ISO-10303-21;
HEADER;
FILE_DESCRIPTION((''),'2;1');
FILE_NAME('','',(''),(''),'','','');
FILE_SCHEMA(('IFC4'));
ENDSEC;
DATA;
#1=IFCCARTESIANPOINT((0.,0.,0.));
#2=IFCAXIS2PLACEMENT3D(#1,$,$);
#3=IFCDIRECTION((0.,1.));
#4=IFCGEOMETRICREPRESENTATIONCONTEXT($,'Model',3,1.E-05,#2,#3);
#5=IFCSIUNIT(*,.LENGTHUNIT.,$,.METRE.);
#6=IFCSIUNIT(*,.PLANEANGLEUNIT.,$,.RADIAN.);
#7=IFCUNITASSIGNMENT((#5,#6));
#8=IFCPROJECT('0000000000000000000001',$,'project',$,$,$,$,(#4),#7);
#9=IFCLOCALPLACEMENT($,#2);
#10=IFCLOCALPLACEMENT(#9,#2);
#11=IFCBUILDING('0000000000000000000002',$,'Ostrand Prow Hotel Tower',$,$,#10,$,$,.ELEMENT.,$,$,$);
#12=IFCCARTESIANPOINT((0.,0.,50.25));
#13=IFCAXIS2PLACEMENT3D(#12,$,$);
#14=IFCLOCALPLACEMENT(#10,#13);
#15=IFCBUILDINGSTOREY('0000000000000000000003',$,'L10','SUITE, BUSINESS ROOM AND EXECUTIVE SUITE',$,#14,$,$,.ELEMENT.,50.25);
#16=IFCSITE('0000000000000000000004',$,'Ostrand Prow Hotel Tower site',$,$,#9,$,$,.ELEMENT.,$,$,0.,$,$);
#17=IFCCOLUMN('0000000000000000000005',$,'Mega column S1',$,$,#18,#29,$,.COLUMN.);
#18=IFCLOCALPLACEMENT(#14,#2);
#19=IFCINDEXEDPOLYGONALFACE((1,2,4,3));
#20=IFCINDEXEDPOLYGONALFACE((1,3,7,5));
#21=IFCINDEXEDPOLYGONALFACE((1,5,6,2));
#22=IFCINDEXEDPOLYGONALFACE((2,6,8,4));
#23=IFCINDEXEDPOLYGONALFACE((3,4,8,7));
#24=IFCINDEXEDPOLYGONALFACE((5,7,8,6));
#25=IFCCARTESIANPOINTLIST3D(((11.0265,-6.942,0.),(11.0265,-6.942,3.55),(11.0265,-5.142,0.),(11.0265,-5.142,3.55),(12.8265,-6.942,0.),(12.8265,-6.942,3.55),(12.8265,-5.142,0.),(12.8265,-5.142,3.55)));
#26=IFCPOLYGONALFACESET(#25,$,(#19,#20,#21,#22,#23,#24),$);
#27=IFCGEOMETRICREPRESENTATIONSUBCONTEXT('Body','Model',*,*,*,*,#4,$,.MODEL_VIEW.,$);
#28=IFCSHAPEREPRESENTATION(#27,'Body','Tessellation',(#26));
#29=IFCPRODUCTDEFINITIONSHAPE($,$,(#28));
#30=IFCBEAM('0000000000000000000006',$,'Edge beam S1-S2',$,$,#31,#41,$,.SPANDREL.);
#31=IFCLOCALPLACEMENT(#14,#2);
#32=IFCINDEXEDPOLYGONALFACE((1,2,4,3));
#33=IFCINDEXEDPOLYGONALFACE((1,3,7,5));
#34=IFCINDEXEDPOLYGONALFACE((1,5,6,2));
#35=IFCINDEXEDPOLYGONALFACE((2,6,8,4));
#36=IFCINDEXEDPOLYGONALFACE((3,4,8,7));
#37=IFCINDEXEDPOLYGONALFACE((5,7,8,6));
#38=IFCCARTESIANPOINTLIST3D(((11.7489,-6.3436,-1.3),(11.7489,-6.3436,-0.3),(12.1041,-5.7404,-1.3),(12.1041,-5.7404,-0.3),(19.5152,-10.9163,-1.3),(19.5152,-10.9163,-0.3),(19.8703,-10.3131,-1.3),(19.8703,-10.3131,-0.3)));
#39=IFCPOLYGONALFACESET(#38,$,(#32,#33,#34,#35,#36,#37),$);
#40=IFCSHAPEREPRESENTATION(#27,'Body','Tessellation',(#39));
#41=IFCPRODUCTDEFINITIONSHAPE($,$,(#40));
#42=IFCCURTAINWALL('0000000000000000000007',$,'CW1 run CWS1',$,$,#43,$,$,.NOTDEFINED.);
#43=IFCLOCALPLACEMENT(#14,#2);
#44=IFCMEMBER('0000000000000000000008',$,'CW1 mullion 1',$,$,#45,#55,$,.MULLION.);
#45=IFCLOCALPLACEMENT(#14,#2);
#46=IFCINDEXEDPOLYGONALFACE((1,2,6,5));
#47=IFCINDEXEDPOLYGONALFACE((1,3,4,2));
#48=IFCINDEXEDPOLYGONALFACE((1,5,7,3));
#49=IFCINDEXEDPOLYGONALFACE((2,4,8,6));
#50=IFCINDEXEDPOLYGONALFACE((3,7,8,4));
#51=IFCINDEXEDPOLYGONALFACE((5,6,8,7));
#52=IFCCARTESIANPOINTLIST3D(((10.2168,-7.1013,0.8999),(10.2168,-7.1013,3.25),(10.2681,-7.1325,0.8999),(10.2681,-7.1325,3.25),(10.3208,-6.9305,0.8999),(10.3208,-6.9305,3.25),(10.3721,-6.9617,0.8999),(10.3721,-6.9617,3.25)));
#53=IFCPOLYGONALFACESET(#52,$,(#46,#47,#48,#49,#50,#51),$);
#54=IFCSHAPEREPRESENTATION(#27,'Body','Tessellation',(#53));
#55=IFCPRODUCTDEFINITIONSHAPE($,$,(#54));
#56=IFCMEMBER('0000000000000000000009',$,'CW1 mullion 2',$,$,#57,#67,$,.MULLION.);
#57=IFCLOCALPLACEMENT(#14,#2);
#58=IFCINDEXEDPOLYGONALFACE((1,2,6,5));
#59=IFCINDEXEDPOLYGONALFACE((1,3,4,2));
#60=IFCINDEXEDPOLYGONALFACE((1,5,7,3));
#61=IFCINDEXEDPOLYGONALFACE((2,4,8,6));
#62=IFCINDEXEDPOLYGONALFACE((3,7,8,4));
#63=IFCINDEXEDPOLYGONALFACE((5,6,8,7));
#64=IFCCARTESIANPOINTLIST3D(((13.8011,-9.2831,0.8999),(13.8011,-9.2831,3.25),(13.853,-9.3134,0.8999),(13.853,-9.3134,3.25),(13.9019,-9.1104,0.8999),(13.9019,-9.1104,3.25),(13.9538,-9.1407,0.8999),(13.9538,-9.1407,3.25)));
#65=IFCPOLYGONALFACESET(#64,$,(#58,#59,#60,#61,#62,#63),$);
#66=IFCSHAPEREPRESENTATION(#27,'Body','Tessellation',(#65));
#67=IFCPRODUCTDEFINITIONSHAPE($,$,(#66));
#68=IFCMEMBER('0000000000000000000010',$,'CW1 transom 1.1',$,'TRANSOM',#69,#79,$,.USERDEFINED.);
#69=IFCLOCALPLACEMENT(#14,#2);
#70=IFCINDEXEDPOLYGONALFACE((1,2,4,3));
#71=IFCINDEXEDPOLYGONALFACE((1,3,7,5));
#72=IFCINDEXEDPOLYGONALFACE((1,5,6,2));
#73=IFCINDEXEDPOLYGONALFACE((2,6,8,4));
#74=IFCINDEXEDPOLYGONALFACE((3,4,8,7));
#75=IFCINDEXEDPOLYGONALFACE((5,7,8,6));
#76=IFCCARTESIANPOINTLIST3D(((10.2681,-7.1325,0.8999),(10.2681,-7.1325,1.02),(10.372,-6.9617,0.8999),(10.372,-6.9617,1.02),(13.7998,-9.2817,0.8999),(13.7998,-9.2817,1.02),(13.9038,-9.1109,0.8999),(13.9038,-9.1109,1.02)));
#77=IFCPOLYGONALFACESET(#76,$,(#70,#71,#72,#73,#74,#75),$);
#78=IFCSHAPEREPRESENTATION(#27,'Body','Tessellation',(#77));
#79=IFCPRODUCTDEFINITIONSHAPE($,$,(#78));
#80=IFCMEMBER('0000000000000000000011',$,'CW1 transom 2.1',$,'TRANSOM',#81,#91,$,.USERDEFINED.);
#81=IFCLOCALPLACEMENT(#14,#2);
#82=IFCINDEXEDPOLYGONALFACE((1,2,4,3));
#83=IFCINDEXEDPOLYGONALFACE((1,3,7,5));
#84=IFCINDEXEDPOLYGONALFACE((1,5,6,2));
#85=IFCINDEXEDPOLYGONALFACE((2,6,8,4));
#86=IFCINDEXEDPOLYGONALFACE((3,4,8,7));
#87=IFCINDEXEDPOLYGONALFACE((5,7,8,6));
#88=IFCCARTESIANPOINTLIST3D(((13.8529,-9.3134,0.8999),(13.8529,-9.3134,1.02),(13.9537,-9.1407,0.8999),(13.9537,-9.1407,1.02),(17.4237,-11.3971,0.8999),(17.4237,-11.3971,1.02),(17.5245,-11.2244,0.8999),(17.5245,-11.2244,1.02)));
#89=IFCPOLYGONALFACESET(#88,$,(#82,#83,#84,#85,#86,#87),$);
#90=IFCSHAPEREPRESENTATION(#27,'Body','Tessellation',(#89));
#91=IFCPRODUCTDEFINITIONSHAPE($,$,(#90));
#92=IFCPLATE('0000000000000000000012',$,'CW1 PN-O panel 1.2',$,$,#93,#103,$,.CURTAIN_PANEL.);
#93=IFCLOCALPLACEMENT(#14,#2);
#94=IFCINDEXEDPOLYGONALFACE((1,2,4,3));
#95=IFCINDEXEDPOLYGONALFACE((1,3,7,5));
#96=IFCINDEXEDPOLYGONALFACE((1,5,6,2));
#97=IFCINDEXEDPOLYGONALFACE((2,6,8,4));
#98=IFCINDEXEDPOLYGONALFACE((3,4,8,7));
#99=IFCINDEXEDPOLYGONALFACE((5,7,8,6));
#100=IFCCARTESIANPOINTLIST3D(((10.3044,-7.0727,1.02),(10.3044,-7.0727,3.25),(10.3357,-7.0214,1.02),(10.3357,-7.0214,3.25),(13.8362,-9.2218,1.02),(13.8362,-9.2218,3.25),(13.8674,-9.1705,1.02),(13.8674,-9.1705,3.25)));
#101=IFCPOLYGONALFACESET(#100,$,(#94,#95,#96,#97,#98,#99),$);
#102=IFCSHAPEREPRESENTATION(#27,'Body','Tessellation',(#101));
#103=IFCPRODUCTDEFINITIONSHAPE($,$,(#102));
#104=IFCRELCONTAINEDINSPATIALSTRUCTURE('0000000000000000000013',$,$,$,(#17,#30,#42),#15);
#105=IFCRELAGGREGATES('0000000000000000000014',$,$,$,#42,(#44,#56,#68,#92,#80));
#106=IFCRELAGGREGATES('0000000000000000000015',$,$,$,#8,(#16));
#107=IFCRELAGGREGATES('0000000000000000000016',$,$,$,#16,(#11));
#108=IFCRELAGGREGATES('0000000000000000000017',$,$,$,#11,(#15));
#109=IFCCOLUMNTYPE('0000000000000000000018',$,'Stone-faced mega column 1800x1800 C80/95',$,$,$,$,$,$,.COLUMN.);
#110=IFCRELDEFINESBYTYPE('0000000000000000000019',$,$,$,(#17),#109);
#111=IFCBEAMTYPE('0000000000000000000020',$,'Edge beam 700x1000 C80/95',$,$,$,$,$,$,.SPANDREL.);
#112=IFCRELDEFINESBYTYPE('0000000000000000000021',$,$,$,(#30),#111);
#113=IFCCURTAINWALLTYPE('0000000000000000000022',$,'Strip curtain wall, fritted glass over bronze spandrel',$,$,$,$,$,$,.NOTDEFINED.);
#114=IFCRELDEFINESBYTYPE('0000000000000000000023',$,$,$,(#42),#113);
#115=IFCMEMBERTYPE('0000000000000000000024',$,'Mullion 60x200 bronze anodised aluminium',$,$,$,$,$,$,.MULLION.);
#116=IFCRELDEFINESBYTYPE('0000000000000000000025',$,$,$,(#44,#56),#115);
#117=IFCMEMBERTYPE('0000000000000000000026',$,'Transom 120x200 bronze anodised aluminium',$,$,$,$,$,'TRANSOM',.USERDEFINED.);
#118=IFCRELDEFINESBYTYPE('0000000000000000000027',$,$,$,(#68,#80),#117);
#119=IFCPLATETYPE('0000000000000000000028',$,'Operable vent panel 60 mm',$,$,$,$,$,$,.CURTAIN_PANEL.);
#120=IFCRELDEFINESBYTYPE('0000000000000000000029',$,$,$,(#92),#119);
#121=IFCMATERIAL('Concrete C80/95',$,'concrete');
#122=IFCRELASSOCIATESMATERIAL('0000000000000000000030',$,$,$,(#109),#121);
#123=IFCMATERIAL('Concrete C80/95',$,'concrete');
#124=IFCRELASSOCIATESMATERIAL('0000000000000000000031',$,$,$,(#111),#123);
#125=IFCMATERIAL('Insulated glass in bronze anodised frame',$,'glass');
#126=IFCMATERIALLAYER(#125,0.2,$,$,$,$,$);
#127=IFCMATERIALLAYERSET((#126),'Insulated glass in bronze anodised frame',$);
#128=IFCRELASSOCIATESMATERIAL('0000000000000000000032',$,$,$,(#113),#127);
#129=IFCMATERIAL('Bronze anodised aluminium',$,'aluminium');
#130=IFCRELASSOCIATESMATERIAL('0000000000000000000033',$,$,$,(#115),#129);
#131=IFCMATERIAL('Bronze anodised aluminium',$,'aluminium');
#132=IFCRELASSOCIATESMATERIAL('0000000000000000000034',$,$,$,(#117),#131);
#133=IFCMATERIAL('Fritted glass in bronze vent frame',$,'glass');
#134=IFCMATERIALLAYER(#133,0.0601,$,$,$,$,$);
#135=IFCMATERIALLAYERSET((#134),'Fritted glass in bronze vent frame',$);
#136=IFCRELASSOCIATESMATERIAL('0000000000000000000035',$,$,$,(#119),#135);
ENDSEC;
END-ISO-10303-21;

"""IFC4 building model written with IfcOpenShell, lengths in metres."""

from ifc_helpers import new_model, si_unit, direction, frame, origin, origin_2d, place, context, subcontext, project, spatial, rectangle, extrude, material, layer, layer_set, material_profile, profile_set, type_object, element, aggregate, save


model = new_model("IFC4")

# Units and contexts
model_context = context("Model", 3, precision=1e-05, world=origin(), true_north=direction((0.0, 1.0)))
body_context = subcontext(model_context, "Body", "Model", "MODEL_VIEW")
ifc_project = project(units=[si_unit("LENGTHUNIT", "METRE"), si_unit("PLANEANGLEUNIT", "RADIAN")], contexts=[model_context])

# Site, building, storey
site_placement = place(None, origin())
site = spatial("IfcSite", under=ifc_project, at=site_placement, Name="Ostrand Prow Hotel Tower site", CompositionType="ELEMENT", RefElevation=0.0)
building_placement = place(site_placement, origin())
building = spatial("IfcBuilding", under=site, at=building_placement, Name="Ostrand Prow Hotel Tower", CompositionType="ELEMENT")
storey_placement = place(building_placement, frame((0.0, 0.0, 50.25)))
storey = spatial("IfcBuildingStorey", under=building, at=storey_placement, Name="L10", Description="SUITE, BUSINESS ROOM AND EXECUTIVE SUITE", CompositionType="ELEMENT", Elevation=50.25)

# Column
ifc_material_1 = material(Name="Concrete C80/95", Category="concrete")
ifc_material_profile_1 = material_profile(ifc_material_1, rectangle(XDim=1.8, YDim=1.8, at=origin_2d()), Name="RC 1800x1800")
ifc_profile_set_1 = profile_set([ifc_material_profile_1], Name="Concrete C80/95")
column_type = type_object("IfcColumnType", Name="Stone-faced mega column 1800x1800 C80/95", PredefinedType="COLUMN", material=ifc_profile_set_1)
column_placement = place(storey_placement, frame((11.9265, -6.042, 0.0), z_axis=(0.0, 0.0, 1.0), x_axis=(1.0, 0.0, 0.0)))
element("IfcColumn", 1, at=column_placement, inside=storey, type_object=column_type, Name="Mega column S1", PredefinedType="COLUMN", context=body_context, shape_type="SweptSolid", body=[
    extrude(rectangle(XDim=1.8, YDim=1.8, at=origin_2d()), origin(), (0.0, 0.0, 1.0), 3.55),
])

# Beam
ifc_material_2 = material(Name="Concrete C80/95", Category="concrete")
ifc_material_profile_2 = material_profile(ifc_material_2, rectangle(XDim=0.7, YDim=1.0, at=origin_2d()), Name="RC 700x1000")
ifc_profile_set_2 = profile_set([ifc_material_profile_2], Name="Concrete C80/95")
beam_type = type_object("IfcBeamType", Name="Edge beam 700x1000 C80/95", PredefinedType="SPANDREL", material=ifc_profile_set_2)
beam_placement = place(storey_placement, frame((11.9265, -6.042, -0.8), z_axis=(0.861725, -0.507375, 0.0), x_axis=(0.507375, 0.861725, 0.0)))
element("IfcBeam", 2, at=beam_placement, inside=storey, type_object=beam_type, Name="Edge beam S1-S2", PredefinedType="SPANDREL", context=body_context, shape_type="SweptSolid", body=[
    extrude(rectangle(XDim=0.7, YDim=1.0, at=origin_2d()), origin(), (0.0, 0.0, 1.0), 9.0125),
])

# Curtain wall, members, plate
ifc_material_3 = material(Name="Insulated glass in bronze anodised frame", Category="glass")
ifc_layer_1 = layer(ifc_material_3, 0.2)
ifc_layer_set_1 = layer_set([ifc_layer_1], Name="Insulated glass in bronze anodised frame")
curtain_wall_type = type_object("IfcCurtainWallType", Name="Strip curtain wall, fritted glass over bronze spandrel", PredefinedType="NOTDEFINED", material=ifc_layer_set_1)
curtain_wall_placement = place(storey_placement, origin())
curtain_wall = element("IfcCurtainWall", 3, at=curtain_wall_placement, inside=storey, type_object=curtain_wall_type, Name="CW1 run CWS1", PredefinedType="NOTDEFINED")
ifc_material_4 = material(Name="Bronze anodised aluminium", Category="aluminium")
ifc_material_profile_3 = material_profile(ifc_material_4, rectangle(XDim=0.2, YDim=0.0601, at=origin_2d()), Name="Mullion 60x200 bronze anodised aluminium")
ifc_profile_set_3 = profile_set([ifc_material_profile_3], Name="Bronze anodised aluminium")
member_type_1 = type_object("IfcMemberType", Name="Mullion 60x200 bronze anodised aluminium", PredefinedType="MULLION", material=ifc_profile_set_3)
member_1_placement = place(storey_placement, frame((10.2944, -7.0315, 0.8999), z_axis=(0.0, 0.0, 1.0), x_axis=(0.519831, 0.854269, 0.0)))
member_1 = element("IfcMember", 4, at=member_1_placement, type_object=member_type_1, Name="CW1 mullion 1", PredefinedType="MULLION", context=body_context, shape_type="SweptSolid", body=[
    extrude(rectangle(XDim=0.2, YDim=0.0601, at=origin_2d()), origin(), (0.0, 0.0, 1.0), 2.3501),
])
member_2_placement = place(storey_placement, frame((13.8774, -9.2119, 0.8999), z_axis=(0.0, 0.0, 1.0), x_axis=(0.504023, 0.86369, 0.0)))
member_2 = element("IfcMember", 5, at=member_2_placement, type_object=member_type_1, Name="CW1 mullion 2", PredefinedType="MULLION", context=body_context, shape_type="SweptSolid", body=[
    extrude(rectangle(XDim=0.2, YDim=0.0601, at=origin_2d()), origin(), (0.0, 0.0, 1.0), 2.3501),
])
ifc_material_5 = material(Name="Bronze anodised aluminium", Category="aluminium")
ifc_material_profile_4 = material_profile(ifc_material_5, rectangle(XDim=0.2, YDim=0.1201, at=origin_2d()), Name="Transom 120x200 bronze anodised aluminium")
ifc_profile_set_4 = profile_set([ifc_material_profile_4], Name="Bronze anodised aluminium")
member_type_2 = type_object("IfcMemberType", Name="Transom 120x200 bronze anodised aluminium", ElementType="TRANSOM", PredefinedType="USERDEFINED", material=ifc_profile_set_4)
member_3_placement = place(storey_placement, frame((10.3201, -7.0471, 0.96), z_axis=(0.854261, -0.519844, 0.0), x_axis=(0.519844, 0.854261, 0.0)))
member_3 = element("IfcMember", 6, at=member_3_placement, type_object=member_type_2, Name="CW1 transom 1.1", ObjectType="TRANSOM", PredefinedType="USERDEFINED", context=body_context, shape_type="SweptSolid", body=[
    extrude(rectangle(XDim=0.2, YDim=0.1201, at=origin_2d()), origin(), (0.0, 0.0, 1.0), 4.1343),
])
member_4_placement = place(storey_placement, frame((13.9033, -9.2271, 0.96), z_axis=(0.863698, -0.504011, 0.0), x_axis=(0.504011, 0.863698, 0.0)))
member_4 = element("IfcMember", 7, at=member_4_placement, type_object=member_type_2, Name="CW1 transom 2.1", ObjectType="TRANSOM", PredefinedType="USERDEFINED", context=body_context, shape_type="SweptSolid", body=[
    extrude(rectangle(XDim=0.2, YDim=0.1201, at=origin_2d()), origin(), (0.0, 0.0, 1.0), 4.1343),
])
ifc_material_6 = material(Name="Fritted glass in bronze vent frame", Category="glass")
ifc_layer_2 = layer(ifc_material_6, 0.0601)
ifc_layer_set_2 = layer_set([ifc_layer_2], Name="Fritted glass in bronze vent frame")
plate_type = type_object("IfcPlateType", Name="Operable vent panel 60 mm", PredefinedType="CURTAIN_PANEL", material=ifc_layer_set_2)
plate_placement = place(storey_placement, frame((12.0859, -8.1216, 1.02), z_axis=(0.0, 0.0, 1.0), x_axis=(0.854269, -0.519831, 0.0)))
plate = element("IfcPlate", 8, at=plate_placement, type_object=plate_type, Name="CW1 PN-O panel 1.2", PredefinedType="CURTAIN_PANEL", context=body_context, shape_type="SweptSolid", body=[
    extrude(rectangle(XDim=4.1343, YDim=0.0601, at=origin_2d()), origin(), (0.0, 0.0, 1.0), 2.23),
])
aggregate(curtain_wall, [member_1, member_2, member_3, plate, member_4])

save(model, "model.ifc")
